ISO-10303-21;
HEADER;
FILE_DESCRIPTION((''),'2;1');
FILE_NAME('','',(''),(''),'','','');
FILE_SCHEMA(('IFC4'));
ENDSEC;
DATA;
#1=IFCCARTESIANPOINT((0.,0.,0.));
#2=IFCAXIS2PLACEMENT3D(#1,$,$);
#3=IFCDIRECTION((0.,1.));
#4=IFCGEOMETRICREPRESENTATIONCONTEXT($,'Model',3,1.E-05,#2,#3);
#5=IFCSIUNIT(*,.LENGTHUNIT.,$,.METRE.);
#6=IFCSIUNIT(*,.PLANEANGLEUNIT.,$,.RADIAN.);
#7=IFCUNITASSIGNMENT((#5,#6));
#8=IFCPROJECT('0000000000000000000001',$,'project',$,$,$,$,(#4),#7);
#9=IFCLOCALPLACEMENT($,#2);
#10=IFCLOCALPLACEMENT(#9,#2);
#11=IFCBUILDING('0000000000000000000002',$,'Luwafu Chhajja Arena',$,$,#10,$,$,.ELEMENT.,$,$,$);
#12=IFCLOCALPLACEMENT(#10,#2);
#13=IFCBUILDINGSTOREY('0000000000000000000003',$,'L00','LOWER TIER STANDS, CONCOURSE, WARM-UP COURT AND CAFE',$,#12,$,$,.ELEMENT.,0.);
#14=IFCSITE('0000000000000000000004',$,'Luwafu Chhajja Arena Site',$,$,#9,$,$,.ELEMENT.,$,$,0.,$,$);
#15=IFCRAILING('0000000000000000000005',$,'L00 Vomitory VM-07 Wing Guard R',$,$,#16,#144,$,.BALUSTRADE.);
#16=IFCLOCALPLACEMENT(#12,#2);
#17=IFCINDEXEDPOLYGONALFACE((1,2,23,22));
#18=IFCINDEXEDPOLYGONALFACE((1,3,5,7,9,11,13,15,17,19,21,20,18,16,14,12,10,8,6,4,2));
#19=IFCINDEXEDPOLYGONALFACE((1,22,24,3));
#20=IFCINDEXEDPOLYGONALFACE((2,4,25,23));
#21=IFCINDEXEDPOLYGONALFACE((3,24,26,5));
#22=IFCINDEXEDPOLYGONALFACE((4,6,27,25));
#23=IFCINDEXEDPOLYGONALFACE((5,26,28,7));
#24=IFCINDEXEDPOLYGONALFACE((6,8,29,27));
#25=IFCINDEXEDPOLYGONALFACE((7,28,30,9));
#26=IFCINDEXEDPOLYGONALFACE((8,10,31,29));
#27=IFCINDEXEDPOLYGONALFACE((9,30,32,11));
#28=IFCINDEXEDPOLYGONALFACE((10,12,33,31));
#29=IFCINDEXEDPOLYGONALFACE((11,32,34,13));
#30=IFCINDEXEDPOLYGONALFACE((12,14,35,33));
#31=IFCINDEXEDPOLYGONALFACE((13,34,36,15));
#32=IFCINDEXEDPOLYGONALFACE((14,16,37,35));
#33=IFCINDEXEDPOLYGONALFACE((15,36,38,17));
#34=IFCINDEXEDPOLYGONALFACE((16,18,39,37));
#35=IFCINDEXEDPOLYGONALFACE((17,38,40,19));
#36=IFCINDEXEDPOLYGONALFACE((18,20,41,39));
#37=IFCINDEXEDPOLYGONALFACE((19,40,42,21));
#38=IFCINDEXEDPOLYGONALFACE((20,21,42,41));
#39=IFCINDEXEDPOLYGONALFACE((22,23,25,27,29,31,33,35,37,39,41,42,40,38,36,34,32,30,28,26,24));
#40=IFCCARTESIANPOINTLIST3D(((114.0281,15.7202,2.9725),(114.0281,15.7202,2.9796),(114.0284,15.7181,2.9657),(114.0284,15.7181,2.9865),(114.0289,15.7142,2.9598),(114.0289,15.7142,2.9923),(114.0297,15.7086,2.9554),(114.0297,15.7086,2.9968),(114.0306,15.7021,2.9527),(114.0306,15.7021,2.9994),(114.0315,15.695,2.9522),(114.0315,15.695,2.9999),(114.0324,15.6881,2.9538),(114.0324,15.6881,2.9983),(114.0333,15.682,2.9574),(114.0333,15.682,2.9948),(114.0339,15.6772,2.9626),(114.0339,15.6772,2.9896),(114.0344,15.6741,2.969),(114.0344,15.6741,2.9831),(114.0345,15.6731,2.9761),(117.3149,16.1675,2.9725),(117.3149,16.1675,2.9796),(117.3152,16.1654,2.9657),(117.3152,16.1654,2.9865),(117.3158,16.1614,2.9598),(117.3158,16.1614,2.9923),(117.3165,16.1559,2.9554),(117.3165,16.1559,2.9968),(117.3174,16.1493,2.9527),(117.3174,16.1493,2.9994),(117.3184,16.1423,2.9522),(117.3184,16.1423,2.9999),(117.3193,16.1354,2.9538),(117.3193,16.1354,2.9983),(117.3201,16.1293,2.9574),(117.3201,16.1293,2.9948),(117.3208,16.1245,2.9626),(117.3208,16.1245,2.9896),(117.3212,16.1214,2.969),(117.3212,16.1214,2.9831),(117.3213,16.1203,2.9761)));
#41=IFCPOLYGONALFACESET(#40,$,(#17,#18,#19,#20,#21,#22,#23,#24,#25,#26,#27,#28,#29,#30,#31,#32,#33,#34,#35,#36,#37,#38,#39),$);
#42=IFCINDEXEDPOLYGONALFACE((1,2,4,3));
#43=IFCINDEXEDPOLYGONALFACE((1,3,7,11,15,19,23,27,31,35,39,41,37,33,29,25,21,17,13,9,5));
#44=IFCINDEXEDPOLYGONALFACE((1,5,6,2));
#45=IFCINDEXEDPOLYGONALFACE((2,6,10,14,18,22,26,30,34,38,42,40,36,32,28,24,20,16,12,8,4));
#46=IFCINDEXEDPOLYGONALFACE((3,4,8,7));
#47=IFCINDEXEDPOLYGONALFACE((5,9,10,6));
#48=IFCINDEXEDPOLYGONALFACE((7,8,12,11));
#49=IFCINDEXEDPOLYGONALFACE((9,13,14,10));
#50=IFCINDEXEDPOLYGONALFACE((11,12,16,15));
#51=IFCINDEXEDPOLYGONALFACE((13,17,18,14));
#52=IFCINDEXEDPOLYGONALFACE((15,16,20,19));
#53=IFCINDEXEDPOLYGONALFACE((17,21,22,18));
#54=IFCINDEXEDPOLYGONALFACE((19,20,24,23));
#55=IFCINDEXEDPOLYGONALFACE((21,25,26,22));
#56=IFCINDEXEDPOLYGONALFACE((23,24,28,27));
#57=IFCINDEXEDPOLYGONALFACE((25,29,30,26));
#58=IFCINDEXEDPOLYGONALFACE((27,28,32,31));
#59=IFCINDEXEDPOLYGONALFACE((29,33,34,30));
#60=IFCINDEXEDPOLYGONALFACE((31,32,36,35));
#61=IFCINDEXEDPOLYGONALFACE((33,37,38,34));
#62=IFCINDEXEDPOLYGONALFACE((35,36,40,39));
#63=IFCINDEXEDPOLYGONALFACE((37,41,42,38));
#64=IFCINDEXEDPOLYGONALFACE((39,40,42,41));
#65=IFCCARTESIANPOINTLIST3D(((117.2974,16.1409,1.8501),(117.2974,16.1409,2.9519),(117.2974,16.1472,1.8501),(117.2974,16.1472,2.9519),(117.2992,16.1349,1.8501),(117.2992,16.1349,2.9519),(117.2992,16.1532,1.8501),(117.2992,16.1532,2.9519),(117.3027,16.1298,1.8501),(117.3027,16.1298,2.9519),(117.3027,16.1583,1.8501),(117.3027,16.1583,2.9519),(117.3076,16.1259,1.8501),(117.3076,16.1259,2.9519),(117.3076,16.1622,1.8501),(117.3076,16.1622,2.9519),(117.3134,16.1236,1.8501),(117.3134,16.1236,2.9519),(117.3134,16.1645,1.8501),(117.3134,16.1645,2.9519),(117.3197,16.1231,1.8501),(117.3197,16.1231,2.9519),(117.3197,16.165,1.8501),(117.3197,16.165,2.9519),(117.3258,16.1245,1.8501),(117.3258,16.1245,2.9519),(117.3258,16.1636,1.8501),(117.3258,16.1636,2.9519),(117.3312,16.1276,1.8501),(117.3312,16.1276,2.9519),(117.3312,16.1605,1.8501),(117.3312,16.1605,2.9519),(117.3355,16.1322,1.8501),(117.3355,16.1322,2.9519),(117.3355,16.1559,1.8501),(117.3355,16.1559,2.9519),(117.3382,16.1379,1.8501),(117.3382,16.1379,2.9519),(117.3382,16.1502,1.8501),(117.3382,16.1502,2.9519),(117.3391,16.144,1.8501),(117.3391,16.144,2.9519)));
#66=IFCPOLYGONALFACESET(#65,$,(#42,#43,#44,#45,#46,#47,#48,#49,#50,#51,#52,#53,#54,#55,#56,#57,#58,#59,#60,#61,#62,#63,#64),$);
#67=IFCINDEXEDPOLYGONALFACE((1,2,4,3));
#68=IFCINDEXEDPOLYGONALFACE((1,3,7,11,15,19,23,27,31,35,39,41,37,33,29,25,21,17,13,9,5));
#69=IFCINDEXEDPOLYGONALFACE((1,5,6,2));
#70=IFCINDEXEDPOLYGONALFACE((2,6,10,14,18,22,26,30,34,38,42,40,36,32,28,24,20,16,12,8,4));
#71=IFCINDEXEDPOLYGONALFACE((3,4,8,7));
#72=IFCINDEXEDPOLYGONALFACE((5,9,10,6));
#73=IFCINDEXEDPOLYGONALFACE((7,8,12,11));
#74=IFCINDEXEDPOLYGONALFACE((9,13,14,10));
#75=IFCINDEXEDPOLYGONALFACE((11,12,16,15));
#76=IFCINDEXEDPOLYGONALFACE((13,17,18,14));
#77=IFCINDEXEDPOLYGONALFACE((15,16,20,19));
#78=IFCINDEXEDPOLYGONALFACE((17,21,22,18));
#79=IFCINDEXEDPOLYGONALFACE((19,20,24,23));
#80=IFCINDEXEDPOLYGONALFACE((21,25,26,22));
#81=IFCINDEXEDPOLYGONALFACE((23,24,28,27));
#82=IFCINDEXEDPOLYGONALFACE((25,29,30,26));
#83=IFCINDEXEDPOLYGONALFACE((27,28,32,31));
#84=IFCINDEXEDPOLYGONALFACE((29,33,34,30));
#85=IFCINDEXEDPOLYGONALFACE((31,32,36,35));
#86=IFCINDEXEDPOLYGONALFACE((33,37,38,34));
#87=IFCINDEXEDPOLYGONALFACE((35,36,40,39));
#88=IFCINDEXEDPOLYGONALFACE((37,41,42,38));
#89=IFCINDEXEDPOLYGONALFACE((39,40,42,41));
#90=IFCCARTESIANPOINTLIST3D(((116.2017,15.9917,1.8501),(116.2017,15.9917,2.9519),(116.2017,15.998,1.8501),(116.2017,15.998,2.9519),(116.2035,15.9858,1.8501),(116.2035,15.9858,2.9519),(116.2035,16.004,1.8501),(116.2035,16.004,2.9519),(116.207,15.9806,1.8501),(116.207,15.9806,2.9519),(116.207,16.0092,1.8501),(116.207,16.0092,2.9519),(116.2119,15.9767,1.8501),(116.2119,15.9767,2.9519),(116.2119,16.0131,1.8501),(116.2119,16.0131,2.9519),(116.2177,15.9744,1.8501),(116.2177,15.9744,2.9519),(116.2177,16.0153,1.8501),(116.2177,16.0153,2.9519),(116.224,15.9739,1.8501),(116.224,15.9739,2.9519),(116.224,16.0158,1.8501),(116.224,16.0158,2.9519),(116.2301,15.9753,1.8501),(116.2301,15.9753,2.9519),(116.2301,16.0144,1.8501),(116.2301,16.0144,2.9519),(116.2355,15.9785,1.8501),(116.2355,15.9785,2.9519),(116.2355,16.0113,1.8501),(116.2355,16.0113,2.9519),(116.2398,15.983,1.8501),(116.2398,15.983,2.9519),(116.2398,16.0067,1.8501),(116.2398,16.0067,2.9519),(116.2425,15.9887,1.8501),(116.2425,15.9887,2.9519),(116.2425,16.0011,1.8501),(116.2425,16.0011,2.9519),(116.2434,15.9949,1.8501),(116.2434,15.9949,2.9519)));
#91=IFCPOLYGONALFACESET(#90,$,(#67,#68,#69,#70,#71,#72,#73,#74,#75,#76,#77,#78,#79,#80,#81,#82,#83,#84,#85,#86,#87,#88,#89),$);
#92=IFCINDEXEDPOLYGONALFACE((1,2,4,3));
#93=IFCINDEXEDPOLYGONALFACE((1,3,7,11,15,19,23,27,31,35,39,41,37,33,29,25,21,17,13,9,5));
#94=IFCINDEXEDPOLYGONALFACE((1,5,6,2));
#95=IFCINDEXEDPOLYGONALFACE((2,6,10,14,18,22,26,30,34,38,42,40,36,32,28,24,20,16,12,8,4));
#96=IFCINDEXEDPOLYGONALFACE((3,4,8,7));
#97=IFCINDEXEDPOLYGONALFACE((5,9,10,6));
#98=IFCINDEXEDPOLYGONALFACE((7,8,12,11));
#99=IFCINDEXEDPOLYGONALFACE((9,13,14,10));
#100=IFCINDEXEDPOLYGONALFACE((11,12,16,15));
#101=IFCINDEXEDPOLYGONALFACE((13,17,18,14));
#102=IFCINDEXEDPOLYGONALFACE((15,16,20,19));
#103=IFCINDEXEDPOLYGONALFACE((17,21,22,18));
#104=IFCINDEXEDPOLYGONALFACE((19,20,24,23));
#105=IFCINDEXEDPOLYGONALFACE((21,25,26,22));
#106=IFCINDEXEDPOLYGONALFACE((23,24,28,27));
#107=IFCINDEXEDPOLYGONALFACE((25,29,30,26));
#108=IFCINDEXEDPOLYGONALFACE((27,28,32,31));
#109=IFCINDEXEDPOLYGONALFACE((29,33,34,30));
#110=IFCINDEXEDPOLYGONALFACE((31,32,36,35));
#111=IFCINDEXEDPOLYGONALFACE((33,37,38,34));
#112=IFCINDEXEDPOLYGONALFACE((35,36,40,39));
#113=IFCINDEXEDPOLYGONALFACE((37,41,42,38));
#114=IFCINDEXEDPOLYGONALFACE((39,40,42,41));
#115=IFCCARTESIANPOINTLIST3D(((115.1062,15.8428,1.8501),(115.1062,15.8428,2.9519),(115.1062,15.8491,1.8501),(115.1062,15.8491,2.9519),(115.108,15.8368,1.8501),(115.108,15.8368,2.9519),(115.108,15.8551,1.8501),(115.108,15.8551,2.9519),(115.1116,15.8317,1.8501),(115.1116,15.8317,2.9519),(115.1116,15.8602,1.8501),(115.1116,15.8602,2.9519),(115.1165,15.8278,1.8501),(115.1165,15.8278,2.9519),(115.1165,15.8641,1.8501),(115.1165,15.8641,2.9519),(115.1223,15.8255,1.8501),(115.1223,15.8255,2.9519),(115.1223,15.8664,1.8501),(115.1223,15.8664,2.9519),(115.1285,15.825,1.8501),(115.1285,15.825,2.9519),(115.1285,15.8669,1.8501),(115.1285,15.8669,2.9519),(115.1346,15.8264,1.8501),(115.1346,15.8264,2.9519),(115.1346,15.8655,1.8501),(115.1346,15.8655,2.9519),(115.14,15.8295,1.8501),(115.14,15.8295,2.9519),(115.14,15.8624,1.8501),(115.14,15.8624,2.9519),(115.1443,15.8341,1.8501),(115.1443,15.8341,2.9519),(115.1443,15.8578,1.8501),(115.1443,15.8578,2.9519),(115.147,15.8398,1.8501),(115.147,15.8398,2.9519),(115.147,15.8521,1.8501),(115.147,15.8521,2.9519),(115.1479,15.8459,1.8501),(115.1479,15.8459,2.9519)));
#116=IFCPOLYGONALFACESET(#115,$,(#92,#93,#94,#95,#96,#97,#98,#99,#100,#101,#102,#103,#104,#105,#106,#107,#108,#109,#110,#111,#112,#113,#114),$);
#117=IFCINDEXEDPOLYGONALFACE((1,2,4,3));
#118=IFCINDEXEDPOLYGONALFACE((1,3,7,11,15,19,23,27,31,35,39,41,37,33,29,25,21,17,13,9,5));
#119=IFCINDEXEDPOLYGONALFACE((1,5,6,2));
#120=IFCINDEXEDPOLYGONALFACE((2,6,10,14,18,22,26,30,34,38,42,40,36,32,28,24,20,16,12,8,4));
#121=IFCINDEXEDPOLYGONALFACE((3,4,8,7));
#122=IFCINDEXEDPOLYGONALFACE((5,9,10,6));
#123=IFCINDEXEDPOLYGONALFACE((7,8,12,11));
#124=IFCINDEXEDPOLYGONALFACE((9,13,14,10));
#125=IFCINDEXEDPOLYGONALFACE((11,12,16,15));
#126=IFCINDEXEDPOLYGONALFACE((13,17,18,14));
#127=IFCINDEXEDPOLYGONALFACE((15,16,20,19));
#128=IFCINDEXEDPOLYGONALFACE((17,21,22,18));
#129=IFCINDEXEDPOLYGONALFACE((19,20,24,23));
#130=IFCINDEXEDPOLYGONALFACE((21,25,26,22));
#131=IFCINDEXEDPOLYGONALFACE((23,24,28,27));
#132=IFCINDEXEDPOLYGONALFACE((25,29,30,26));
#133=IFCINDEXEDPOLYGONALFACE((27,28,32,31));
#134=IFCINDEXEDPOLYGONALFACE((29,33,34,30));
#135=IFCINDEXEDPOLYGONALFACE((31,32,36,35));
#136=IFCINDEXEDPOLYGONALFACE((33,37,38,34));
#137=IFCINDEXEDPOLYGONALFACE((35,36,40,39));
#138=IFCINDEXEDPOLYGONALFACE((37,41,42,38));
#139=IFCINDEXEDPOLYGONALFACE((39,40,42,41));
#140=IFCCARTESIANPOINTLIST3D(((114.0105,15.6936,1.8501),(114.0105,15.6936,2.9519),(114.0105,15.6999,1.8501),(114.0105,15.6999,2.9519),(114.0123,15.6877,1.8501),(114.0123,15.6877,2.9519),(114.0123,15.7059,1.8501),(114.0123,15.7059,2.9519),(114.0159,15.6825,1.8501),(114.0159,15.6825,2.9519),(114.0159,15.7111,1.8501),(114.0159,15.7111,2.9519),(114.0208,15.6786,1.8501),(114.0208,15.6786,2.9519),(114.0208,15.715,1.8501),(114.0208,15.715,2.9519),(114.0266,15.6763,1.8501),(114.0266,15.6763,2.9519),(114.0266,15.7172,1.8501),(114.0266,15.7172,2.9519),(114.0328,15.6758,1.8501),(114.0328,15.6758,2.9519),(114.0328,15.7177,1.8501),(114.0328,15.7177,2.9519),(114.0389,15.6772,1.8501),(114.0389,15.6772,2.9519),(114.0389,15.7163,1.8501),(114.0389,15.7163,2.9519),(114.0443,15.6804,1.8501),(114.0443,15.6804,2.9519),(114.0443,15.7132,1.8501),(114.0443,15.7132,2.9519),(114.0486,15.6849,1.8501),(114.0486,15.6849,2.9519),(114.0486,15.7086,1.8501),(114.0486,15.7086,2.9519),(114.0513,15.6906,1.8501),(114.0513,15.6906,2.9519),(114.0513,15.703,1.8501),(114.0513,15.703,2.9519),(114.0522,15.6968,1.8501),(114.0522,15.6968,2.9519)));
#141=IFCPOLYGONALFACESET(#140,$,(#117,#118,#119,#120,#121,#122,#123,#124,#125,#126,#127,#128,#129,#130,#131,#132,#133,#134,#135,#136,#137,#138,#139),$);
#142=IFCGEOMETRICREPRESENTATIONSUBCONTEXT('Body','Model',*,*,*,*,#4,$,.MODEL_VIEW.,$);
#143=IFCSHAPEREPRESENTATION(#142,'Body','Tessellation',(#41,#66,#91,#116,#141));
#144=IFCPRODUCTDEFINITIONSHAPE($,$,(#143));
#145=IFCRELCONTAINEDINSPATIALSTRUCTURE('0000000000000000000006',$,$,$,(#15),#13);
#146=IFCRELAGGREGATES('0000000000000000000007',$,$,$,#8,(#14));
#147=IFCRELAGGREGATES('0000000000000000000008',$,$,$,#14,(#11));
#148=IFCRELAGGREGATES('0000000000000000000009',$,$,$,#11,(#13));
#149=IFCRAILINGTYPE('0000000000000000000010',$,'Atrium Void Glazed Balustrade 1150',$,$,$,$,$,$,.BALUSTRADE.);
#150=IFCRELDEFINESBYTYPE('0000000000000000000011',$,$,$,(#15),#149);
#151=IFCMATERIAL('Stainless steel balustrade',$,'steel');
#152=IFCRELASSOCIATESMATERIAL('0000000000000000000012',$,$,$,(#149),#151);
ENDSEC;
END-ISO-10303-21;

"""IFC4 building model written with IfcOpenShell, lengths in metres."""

from ifc_helpers import new_model, si_unit, direction, frame, origin, origin_2d, place, context, subcontext, project, spatial, circle, extrude, material, type_object, element, save


model = new_model("IFC4")

# Units and contexts
model_context = context("Model", 3, precision=1e-05, world=origin(), true_north=direction((0.0, 1.0)))
body_context = subcontext(model_context, "Body", "Model", "MODEL_VIEW")
ifc_project = project(units=[si_unit("LENGTHUNIT", "METRE"), si_unit("PLANEANGLEUNIT", "RADIAN")], contexts=[model_context])

# Site, building, storey
site_placement = place(None, origin())
site = spatial("IfcSite", under=ifc_project, at=site_placement, Name="Luwafu Chhajja Arena Site", CompositionType="ELEMENT", RefElevation=0.0)
building_placement = place(site_placement, origin())
building = spatial("IfcBuilding", under=site, at=building_placement, Name="Luwafu Chhajja Arena", CompositionType="ELEMENT")
storey_placement = place(building_placement, origin())
storey = spatial("IfcBuildingStorey", under=building, at=storey_placement, Name="L00", Description="LOWER TIER STANDS, CONCOURSE, WARM-UP COURT AND CAFE", CompositionType="ELEMENT", Elevation=0.0)

# Railing
ifc_material_1 = material(Name="Stainless steel balustrade", Category="steel")
railing_type_1 = type_object("IfcRailingType", Name="Atrium Void Glazed Balustrade 1150", PredefinedType="BALUSTRADE", material=ifc_material_1)
railing_1_placement = place(storey_placement, frame((117.3181, 16.144, 1.8501)))
element("IfcRailing", 1, at=railing_1_placement, inside=storey, type_object=railing_type_1, Name="L00 Vomitory VM-07 Wing Guard R", PredefinedType="BALUSTRADE", context=body_context, shape_type="SweptSolid", body=[
    extrude(circle(Radius=0.0239, at=origin_2d()), frame((0.0, 0.0, 1.126), z_axis=(-0.990868, -0.134834, 0.0), x_axis=(0.134834, -0.990868, 0.0)), (0.0, 0.0, 1.0), 3.3171),
    extrude(circle(Radius=0.021, at=origin_2d()), origin(), (0.0, 0.0, 1.0), 1.1018),
    extrude(circle(Radius=0.021, at=origin_2d()), frame((-1.0957, -0.1492, 0.0)), (0.0, 0.0, 1.0), 1.1018),
    extrude(circle(Radius=0.021, at=origin_2d()), frame((-2.1912, -0.2981, 0.0)), (0.0, 0.0, 1.0), 1.1018),
    extrude(circle(Radius=0.021, at=origin_2d()), frame((-3.2869, -0.4473, 0.0)), (0.0, 0.0, 1.0), 1.1018),
])

save(model, "model.ifc")
